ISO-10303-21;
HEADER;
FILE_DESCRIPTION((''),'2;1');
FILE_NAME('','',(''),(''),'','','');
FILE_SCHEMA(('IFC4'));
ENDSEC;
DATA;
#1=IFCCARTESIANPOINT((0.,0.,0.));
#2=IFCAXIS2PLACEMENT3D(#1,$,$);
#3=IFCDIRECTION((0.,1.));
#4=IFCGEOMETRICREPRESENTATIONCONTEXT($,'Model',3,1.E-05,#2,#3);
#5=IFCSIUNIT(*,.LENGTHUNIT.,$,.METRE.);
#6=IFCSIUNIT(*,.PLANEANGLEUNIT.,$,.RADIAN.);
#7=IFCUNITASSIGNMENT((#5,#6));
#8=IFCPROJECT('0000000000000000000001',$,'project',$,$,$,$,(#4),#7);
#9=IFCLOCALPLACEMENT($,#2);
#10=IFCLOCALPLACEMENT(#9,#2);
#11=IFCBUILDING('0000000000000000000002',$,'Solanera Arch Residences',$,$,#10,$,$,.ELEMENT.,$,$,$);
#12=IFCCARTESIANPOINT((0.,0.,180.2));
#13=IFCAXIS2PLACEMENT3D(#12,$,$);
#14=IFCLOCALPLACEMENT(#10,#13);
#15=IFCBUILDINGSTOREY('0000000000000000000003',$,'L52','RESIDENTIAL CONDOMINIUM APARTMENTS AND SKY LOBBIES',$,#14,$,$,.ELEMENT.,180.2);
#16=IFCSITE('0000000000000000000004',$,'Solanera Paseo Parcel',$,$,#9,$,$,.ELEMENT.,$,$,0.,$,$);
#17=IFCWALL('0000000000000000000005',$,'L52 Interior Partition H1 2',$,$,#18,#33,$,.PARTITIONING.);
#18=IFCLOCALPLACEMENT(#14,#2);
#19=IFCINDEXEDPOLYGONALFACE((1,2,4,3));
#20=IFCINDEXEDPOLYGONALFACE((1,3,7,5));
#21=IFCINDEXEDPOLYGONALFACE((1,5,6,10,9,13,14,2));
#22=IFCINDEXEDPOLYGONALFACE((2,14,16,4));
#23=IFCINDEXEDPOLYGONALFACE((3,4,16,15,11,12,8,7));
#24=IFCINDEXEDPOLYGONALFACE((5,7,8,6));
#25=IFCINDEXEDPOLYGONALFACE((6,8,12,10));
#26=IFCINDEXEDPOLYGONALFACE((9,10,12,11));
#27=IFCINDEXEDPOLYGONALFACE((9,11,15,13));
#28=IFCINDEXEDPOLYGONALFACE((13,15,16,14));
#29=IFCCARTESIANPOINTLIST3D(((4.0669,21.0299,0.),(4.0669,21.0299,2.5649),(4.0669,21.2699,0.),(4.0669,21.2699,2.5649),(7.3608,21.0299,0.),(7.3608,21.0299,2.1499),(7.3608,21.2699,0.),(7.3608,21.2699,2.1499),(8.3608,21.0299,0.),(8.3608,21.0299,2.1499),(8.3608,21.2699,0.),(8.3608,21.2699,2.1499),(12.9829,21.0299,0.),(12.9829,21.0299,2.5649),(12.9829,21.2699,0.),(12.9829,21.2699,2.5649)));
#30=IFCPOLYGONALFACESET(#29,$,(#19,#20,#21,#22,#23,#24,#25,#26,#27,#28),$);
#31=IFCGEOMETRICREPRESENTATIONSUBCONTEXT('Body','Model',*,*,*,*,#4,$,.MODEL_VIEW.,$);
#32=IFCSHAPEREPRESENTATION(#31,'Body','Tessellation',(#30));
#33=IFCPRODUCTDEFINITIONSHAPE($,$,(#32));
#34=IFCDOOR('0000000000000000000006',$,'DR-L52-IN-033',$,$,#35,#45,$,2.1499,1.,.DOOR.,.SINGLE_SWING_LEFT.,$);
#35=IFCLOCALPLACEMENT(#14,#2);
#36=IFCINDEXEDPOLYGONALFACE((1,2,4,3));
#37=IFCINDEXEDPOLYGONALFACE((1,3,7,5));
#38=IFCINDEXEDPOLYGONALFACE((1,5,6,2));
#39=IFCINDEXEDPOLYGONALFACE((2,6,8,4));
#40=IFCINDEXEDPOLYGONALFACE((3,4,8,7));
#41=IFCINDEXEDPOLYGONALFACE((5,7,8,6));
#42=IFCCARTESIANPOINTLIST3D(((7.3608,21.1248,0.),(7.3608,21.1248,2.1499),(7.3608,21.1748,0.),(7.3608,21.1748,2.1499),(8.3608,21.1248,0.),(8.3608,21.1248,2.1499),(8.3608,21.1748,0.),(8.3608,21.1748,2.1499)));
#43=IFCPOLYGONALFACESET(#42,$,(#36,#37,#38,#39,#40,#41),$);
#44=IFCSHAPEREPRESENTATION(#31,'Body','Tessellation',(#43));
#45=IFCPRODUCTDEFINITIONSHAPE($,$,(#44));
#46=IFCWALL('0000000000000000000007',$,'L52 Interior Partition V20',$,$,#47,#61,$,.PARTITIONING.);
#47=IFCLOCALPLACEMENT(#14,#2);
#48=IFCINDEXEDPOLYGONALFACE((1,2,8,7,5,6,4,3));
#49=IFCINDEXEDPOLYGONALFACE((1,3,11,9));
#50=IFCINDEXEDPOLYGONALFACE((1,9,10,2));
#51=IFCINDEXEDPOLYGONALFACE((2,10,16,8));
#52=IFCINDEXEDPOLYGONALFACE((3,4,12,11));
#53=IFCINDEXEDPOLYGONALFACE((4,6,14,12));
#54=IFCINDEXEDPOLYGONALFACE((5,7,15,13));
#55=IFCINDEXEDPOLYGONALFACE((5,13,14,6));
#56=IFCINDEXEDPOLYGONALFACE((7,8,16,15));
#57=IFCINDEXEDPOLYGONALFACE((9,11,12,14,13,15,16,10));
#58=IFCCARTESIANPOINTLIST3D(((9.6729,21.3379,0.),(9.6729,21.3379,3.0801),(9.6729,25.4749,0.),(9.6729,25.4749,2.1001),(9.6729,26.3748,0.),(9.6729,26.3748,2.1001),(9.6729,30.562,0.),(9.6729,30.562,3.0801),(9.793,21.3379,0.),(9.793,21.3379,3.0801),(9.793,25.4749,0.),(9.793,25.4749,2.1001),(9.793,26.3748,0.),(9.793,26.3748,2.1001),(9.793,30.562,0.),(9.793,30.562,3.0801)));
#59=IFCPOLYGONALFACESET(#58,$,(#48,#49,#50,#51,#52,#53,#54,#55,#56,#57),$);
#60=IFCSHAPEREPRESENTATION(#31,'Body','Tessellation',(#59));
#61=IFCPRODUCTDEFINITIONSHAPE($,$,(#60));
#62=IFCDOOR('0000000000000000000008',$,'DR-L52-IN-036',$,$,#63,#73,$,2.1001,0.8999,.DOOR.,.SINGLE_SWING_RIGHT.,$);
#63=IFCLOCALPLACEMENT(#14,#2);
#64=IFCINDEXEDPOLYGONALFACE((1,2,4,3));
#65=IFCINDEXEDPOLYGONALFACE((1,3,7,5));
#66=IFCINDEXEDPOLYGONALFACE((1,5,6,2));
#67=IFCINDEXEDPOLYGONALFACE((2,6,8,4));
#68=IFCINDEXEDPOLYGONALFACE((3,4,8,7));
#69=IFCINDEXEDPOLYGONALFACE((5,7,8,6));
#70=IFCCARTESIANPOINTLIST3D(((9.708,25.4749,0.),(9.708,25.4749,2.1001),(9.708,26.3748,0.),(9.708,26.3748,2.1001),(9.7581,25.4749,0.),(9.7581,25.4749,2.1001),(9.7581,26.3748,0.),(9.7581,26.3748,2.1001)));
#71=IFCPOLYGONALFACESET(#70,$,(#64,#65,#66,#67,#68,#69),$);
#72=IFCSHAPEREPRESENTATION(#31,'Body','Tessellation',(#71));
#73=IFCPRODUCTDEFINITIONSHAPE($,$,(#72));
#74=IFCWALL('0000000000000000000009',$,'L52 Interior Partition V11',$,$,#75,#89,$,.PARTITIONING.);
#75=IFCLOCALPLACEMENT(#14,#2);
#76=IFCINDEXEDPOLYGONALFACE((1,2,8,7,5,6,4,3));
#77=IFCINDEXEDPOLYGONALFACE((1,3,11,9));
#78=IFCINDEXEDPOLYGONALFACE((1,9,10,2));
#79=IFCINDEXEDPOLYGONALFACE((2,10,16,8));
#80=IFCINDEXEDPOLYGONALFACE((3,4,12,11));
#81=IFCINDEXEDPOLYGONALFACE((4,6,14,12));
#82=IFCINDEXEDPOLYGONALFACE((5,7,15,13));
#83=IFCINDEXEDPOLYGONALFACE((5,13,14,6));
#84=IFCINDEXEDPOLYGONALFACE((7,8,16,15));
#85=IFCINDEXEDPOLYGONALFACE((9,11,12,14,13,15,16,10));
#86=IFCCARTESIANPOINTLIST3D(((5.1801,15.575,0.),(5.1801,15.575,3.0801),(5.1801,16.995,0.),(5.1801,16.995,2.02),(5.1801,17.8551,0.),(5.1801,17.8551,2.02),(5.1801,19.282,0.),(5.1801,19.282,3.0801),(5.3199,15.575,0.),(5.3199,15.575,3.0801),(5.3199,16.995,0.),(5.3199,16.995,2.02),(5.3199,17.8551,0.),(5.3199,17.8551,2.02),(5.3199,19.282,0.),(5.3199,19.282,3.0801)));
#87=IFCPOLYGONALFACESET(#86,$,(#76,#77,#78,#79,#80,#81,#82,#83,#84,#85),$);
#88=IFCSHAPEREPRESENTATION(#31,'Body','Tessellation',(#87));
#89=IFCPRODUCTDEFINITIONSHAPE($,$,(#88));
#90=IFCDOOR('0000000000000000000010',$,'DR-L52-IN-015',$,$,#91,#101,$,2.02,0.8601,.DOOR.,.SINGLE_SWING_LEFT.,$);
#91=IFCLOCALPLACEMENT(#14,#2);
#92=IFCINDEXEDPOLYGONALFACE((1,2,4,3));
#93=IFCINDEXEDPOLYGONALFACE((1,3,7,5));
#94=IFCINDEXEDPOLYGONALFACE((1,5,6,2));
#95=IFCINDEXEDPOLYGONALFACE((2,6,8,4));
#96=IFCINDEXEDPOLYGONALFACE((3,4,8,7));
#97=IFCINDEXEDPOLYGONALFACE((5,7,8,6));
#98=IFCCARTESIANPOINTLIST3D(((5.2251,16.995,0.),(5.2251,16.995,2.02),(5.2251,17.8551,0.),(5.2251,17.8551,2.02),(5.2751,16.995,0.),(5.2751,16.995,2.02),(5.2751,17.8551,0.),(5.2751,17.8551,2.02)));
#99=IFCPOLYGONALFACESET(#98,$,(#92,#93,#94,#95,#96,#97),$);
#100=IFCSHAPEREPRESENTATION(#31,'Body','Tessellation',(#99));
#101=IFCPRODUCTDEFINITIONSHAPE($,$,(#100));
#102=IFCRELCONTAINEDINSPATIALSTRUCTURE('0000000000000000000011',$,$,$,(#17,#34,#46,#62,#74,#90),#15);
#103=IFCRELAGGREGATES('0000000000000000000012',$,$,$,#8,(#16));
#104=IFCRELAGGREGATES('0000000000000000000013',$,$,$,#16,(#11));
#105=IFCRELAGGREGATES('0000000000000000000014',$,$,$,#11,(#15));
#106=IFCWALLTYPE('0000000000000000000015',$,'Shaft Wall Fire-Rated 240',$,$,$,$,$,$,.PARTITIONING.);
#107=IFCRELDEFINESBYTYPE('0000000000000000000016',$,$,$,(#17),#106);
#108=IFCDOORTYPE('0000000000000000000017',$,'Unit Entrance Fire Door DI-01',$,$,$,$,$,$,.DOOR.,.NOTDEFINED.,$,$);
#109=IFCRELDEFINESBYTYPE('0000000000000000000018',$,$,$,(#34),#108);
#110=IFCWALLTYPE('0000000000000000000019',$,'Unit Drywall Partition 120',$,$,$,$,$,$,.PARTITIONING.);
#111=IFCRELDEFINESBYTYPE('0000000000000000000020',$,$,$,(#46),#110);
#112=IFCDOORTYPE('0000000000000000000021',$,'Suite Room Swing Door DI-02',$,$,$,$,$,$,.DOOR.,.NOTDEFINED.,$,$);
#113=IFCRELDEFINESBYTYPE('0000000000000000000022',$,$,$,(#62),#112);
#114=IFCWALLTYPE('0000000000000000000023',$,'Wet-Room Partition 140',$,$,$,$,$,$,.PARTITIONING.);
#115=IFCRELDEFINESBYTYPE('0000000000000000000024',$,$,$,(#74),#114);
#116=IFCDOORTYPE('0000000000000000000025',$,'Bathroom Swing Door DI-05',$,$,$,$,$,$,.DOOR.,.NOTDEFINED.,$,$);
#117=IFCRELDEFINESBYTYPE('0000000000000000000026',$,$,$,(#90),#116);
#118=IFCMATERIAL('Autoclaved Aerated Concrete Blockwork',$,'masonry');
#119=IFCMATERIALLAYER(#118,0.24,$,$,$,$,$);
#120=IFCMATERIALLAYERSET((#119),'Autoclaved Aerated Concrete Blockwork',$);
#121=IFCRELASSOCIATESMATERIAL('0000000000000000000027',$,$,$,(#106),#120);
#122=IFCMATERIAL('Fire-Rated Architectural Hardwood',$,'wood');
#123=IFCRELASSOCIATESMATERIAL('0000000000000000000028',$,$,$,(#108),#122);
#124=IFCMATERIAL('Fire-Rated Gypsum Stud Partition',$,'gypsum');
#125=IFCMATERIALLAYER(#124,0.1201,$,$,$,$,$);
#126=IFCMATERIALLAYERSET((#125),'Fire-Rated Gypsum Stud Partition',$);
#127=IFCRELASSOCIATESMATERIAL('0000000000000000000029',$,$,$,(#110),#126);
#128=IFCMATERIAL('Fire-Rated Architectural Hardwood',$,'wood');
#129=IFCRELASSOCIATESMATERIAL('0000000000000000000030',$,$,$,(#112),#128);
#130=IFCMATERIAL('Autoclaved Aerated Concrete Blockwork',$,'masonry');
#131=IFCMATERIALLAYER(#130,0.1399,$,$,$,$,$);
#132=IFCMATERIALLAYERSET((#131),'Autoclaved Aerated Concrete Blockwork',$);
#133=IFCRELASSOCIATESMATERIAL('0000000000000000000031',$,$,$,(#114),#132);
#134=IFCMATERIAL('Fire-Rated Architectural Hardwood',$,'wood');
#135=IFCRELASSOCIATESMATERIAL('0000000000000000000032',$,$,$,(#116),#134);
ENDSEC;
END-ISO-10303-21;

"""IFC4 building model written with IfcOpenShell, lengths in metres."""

from ifc_helpers import new_model, si_unit, direction, frame, frame_2d, origin, place, context, subcontext, project, spatial, rectangle, extrude, material, layer, layer_set, type_object, element, fill, save


model = new_model("IFC4")

# Units and contexts
model_context = context("Model", 3, precision=1e-05, world=origin(), true_north=direction((0.0, 1.0)))
body_context = subcontext(model_context, "Body", "Model", "MODEL_VIEW")
ifc_project = project(units=[si_unit("LENGTHUNIT", "METRE"), si_unit("PLANEANGLEUNIT", "RADIAN")], contexts=[model_context])

# Site, building, storey
site_placement = place(None, origin())
site = spatial("IfcSite", under=ifc_project, at=site_placement, Name="Solanera Paseo Parcel", CompositionType="ELEMENT", RefElevation=0.0)
building_placement = place(site_placement, origin())
building = spatial("IfcBuilding", under=site, at=building_placement, Name="Solanera Arch Residences", CompositionType="ELEMENT")
storey_placement = place(building_placement, frame((0.0, 0.0, 180.2)))
storey = spatial("IfcBuildingStorey", under=building, at=storey_placement, Name="L52", Description="RESIDENTIAL CONDOMINIUM APARTMENTS AND SKY LOBBIES", CompositionType="ELEMENT", Elevation=180.2)

# Shared definitions
ifc_material_1 = material(Name="Autoclaved Aerated Concrete Blockwork", Category="masonry")
ifc_layer_1 = layer(ifc_material_1, 0.24)
ifc_layer_set_1 = layer_set([ifc_layer_1], Name="Autoclaved Aerated Concrete Blockwork")
wall_type_1 = type_object("IfcWallType", Name="Shaft Wall Fire-Rated 240", PredefinedType="PARTITIONING", material=ifc_layer_set_1)

# Walls, openings, doors
wall_1_placement = place(storey_placement, frame((4.0669, 21.1499, 0.0), z_axis=(0.0, 0.0, 1.0), x_axis=(1.0, 0.0, 0.0)))
wall_1 = element("IfcWall", 1, at=wall_1_placement, inside=storey, type_object=wall_type_1, Name="L52 Interior Partition H1 2", PredefinedType="PARTITIONING", context=body_context, shape_type="SweptSolid", body=[
    extrude(rectangle(XDim=8.916, YDim=0.24, at=frame_2d((4.458, 0.0))), origin(), (0.0, 0.0, 1.0), 2.5649),
])
opening_1_placement = place(wall_1_placement, frame((3.2939, 0.0, 0.0)))
opening_1 = element("IfcOpeningElement", 2, at=opening_1_placement, cuts=wall_1, PredefinedType="OPENING", context=body_context, shape_type="SweptSolid", body=[
    extrude(rectangle(XDim=1.0, YDim=2.1499, at=frame_2d((0.5, 1.075))), frame((0.0, 0.1299, 0.0), z_axis=(0.0, -1.0, 0.0), x_axis=(1.0, 0.0, 0.0)), (0.0, 0.0, 1.0), 0.26),
])
ifc_material_2 = material(Name="Fire-Rated Architectural Hardwood", Category="wood")
door_type_1 = type_object("IfcDoorType", Name="Unit Entrance Fire Door DI-01", OperationType="NOTDEFINED", PredefinedType="DOOR", material=ifc_material_2)
door_1_placement = place(opening_1_placement, origin())
door_1 = element("IfcDoor", 3, at=door_1_placement, inside=storey, type_object=door_type_1, Name="DR-L52-IN-033", OperationType="SINGLE_SWING_LEFT", OverallHeight=2.1499, OverallWidth=1.0, PredefinedType="DOOR", context=body_context, shape_type="SweptSolid", body=[
    extrude(rectangle(XDim=1.0, YDim=2.1499, at=frame_2d((0.5, 1.075))), frame((0.0, 0.0249, 0.0), z_axis=(0.0, -1.0, 0.0), x_axis=(1.0, 0.0, 0.0)), (0.0, 0.0, 1.0), 0.05),
])
fill(opening_1, door_1)
ifc_material_3 = material(Name="Fire-Rated Gypsum Stud Partition", Category="gypsum")
ifc_layer_2 = layer(ifc_material_3, 0.1201)
ifc_layer_set_2 = layer_set([ifc_layer_2], Name="Fire-Rated Gypsum Stud Partition")
wall_type_2 = type_object("IfcWallType", Name="Unit Drywall Partition 120", PredefinedType="PARTITIONING", material=ifc_layer_set_2)
wall_2_placement = place(storey_placement, frame((9.7329, 21.3379, 0.0), z_axis=(0.0, 0.0, 1.0), x_axis=(0.0, 1.0, 0.0)))
wall_2 = element("IfcWall", 4, at=wall_2_placement, inside=storey, type_object=wall_type_2, Name="L52 Interior Partition V20", PredefinedType="PARTITIONING", context=body_context, shape_type="SweptSolid", body=[
    extrude(rectangle(XDim=9.2241, YDim=0.1201, at=frame_2d((4.6121, 0.0))), origin(), (0.0, 0.0, 1.0), 3.0801),
])
opening_2_placement = place(wall_2_placement, frame((4.137, 0.0, 0.0)))
opening_2 = element("IfcOpeningElement", 5, at=opening_2_placement, cuts=wall_2, PredefinedType="OPENING", context=body_context, shape_type="SweptSolid", body=[
    extrude(rectangle(XDim=0.8999, YDim=2.1001, at=frame_2d((0.45, 1.05))), frame((0.0, 0.0701, 0.0), z_axis=(0.0, -1.0, 0.0), x_axis=(1.0, 0.0, 0.0)), (0.0, 0.0, 1.0), 0.1401),
])
ifc_material_4 = material(Name="Fire-Rated Architectural Hardwood", Category="wood")
door_type_2 = type_object("IfcDoorType", Name="Suite Room Swing Door DI-02", OperationType="NOTDEFINED", PredefinedType="DOOR", material=ifc_material_4)
door_2_placement = place(opening_2_placement, origin())
door_2 = element("IfcDoor", 6, at=door_2_placement, inside=storey, type_object=door_type_2, Name="DR-L52-IN-036", OperationType="SINGLE_SWING_RIGHT", OverallHeight=2.1001, OverallWidth=0.8999, PredefinedType="DOOR", context=body_context, shape_type="SweptSolid", body=[
    extrude(rectangle(XDim=0.8999, YDim=2.1001, at=frame_2d((0.45, 1.05))), frame((0.0, 0.0249, 0.0), z_axis=(0.0, -1.0, 0.0), x_axis=(1.0, 0.0, 0.0)), (0.0, 0.0, 1.0), 0.05),
])
fill(opening_2, door_2)
ifc_material_5 = material(Name="Autoclaved Aerated Concrete Blockwork", Category="masonry")
ifc_layer_3 = layer(ifc_material_5, 0.1399)
ifc_layer_set_3 = layer_set([ifc_layer_3], Name="Autoclaved Aerated Concrete Blockwork")
wall_type_3 = type_object("IfcWallType", Name="Wet-Room Partition 140", PredefinedType="PARTITIONING", material=ifc_layer_set_3)
wall_3_placement = place(storey_placement, frame((5.25, 15.575, 0.0), z_axis=(0.0, 0.0, 1.0), x_axis=(0.0, 1.0, 0.0)))
wall_3 = element("IfcWall", 7, at=wall_3_placement, inside=storey, type_object=wall_type_3, Name="L52 Interior Partition V11", PredefinedType="PARTITIONING", context=body_context, shape_type="SweptSolid", body=[
    extrude(rectangle(XDim=3.707, YDim=0.1399, at=frame_2d((1.8535, 0.0))), origin(), (0.0, 0.0, 1.0), 3.0801),
])
opening_3_placement = place(wall_3_placement, frame((1.4199, 0.0, 0.0)))
opening_3 = element("IfcOpeningElement", 8, at=opening_3_placement, cuts=wall_3, PredefinedType="OPENING", context=body_context, shape_type="SweptSolid", body=[
    extrude(rectangle(XDim=0.8601, YDim=2.02, at=frame_2d((0.4302, 1.01))), frame((0.0, 0.0798, 0.0), z_axis=(0.0, -1.0, 0.0), x_axis=(1.0, 0.0, 0.0)), (0.0, 0.0, 1.0), 0.1599),
])
ifc_material_6 = material(Name="Fire-Rated Architectural Hardwood", Category="wood")
door_type_3 = type_object("IfcDoorType", Name="Bathroom Swing Door DI-05", OperationType="NOTDEFINED", PredefinedType="DOOR", material=ifc_material_6)
door_3_placement = place(opening_3_placement, origin())
door_3 = element("IfcDoor", 9, at=door_3_placement, inside=storey, type_object=door_type_3, Name="DR-L52-IN-015", OperationType="SINGLE_SWING_LEFT", OverallHeight=2.02, OverallWidth=0.8601, PredefinedType="DOOR", context=body_context, shape_type="SweptSolid", body=[
    extrude(rectangle(XDim=0.8601, YDim=2.02, at=frame_2d((0.4302, 1.01))), frame((0.0, 0.0249, 0.0), z_axis=(0.0, -1.0, 0.0), x_axis=(1.0, 0.0, 0.0)), (0.0, 0.0, 1.0), 0.05),
])
fill(opening_3, door_3)

save(model, "model.ifc")
